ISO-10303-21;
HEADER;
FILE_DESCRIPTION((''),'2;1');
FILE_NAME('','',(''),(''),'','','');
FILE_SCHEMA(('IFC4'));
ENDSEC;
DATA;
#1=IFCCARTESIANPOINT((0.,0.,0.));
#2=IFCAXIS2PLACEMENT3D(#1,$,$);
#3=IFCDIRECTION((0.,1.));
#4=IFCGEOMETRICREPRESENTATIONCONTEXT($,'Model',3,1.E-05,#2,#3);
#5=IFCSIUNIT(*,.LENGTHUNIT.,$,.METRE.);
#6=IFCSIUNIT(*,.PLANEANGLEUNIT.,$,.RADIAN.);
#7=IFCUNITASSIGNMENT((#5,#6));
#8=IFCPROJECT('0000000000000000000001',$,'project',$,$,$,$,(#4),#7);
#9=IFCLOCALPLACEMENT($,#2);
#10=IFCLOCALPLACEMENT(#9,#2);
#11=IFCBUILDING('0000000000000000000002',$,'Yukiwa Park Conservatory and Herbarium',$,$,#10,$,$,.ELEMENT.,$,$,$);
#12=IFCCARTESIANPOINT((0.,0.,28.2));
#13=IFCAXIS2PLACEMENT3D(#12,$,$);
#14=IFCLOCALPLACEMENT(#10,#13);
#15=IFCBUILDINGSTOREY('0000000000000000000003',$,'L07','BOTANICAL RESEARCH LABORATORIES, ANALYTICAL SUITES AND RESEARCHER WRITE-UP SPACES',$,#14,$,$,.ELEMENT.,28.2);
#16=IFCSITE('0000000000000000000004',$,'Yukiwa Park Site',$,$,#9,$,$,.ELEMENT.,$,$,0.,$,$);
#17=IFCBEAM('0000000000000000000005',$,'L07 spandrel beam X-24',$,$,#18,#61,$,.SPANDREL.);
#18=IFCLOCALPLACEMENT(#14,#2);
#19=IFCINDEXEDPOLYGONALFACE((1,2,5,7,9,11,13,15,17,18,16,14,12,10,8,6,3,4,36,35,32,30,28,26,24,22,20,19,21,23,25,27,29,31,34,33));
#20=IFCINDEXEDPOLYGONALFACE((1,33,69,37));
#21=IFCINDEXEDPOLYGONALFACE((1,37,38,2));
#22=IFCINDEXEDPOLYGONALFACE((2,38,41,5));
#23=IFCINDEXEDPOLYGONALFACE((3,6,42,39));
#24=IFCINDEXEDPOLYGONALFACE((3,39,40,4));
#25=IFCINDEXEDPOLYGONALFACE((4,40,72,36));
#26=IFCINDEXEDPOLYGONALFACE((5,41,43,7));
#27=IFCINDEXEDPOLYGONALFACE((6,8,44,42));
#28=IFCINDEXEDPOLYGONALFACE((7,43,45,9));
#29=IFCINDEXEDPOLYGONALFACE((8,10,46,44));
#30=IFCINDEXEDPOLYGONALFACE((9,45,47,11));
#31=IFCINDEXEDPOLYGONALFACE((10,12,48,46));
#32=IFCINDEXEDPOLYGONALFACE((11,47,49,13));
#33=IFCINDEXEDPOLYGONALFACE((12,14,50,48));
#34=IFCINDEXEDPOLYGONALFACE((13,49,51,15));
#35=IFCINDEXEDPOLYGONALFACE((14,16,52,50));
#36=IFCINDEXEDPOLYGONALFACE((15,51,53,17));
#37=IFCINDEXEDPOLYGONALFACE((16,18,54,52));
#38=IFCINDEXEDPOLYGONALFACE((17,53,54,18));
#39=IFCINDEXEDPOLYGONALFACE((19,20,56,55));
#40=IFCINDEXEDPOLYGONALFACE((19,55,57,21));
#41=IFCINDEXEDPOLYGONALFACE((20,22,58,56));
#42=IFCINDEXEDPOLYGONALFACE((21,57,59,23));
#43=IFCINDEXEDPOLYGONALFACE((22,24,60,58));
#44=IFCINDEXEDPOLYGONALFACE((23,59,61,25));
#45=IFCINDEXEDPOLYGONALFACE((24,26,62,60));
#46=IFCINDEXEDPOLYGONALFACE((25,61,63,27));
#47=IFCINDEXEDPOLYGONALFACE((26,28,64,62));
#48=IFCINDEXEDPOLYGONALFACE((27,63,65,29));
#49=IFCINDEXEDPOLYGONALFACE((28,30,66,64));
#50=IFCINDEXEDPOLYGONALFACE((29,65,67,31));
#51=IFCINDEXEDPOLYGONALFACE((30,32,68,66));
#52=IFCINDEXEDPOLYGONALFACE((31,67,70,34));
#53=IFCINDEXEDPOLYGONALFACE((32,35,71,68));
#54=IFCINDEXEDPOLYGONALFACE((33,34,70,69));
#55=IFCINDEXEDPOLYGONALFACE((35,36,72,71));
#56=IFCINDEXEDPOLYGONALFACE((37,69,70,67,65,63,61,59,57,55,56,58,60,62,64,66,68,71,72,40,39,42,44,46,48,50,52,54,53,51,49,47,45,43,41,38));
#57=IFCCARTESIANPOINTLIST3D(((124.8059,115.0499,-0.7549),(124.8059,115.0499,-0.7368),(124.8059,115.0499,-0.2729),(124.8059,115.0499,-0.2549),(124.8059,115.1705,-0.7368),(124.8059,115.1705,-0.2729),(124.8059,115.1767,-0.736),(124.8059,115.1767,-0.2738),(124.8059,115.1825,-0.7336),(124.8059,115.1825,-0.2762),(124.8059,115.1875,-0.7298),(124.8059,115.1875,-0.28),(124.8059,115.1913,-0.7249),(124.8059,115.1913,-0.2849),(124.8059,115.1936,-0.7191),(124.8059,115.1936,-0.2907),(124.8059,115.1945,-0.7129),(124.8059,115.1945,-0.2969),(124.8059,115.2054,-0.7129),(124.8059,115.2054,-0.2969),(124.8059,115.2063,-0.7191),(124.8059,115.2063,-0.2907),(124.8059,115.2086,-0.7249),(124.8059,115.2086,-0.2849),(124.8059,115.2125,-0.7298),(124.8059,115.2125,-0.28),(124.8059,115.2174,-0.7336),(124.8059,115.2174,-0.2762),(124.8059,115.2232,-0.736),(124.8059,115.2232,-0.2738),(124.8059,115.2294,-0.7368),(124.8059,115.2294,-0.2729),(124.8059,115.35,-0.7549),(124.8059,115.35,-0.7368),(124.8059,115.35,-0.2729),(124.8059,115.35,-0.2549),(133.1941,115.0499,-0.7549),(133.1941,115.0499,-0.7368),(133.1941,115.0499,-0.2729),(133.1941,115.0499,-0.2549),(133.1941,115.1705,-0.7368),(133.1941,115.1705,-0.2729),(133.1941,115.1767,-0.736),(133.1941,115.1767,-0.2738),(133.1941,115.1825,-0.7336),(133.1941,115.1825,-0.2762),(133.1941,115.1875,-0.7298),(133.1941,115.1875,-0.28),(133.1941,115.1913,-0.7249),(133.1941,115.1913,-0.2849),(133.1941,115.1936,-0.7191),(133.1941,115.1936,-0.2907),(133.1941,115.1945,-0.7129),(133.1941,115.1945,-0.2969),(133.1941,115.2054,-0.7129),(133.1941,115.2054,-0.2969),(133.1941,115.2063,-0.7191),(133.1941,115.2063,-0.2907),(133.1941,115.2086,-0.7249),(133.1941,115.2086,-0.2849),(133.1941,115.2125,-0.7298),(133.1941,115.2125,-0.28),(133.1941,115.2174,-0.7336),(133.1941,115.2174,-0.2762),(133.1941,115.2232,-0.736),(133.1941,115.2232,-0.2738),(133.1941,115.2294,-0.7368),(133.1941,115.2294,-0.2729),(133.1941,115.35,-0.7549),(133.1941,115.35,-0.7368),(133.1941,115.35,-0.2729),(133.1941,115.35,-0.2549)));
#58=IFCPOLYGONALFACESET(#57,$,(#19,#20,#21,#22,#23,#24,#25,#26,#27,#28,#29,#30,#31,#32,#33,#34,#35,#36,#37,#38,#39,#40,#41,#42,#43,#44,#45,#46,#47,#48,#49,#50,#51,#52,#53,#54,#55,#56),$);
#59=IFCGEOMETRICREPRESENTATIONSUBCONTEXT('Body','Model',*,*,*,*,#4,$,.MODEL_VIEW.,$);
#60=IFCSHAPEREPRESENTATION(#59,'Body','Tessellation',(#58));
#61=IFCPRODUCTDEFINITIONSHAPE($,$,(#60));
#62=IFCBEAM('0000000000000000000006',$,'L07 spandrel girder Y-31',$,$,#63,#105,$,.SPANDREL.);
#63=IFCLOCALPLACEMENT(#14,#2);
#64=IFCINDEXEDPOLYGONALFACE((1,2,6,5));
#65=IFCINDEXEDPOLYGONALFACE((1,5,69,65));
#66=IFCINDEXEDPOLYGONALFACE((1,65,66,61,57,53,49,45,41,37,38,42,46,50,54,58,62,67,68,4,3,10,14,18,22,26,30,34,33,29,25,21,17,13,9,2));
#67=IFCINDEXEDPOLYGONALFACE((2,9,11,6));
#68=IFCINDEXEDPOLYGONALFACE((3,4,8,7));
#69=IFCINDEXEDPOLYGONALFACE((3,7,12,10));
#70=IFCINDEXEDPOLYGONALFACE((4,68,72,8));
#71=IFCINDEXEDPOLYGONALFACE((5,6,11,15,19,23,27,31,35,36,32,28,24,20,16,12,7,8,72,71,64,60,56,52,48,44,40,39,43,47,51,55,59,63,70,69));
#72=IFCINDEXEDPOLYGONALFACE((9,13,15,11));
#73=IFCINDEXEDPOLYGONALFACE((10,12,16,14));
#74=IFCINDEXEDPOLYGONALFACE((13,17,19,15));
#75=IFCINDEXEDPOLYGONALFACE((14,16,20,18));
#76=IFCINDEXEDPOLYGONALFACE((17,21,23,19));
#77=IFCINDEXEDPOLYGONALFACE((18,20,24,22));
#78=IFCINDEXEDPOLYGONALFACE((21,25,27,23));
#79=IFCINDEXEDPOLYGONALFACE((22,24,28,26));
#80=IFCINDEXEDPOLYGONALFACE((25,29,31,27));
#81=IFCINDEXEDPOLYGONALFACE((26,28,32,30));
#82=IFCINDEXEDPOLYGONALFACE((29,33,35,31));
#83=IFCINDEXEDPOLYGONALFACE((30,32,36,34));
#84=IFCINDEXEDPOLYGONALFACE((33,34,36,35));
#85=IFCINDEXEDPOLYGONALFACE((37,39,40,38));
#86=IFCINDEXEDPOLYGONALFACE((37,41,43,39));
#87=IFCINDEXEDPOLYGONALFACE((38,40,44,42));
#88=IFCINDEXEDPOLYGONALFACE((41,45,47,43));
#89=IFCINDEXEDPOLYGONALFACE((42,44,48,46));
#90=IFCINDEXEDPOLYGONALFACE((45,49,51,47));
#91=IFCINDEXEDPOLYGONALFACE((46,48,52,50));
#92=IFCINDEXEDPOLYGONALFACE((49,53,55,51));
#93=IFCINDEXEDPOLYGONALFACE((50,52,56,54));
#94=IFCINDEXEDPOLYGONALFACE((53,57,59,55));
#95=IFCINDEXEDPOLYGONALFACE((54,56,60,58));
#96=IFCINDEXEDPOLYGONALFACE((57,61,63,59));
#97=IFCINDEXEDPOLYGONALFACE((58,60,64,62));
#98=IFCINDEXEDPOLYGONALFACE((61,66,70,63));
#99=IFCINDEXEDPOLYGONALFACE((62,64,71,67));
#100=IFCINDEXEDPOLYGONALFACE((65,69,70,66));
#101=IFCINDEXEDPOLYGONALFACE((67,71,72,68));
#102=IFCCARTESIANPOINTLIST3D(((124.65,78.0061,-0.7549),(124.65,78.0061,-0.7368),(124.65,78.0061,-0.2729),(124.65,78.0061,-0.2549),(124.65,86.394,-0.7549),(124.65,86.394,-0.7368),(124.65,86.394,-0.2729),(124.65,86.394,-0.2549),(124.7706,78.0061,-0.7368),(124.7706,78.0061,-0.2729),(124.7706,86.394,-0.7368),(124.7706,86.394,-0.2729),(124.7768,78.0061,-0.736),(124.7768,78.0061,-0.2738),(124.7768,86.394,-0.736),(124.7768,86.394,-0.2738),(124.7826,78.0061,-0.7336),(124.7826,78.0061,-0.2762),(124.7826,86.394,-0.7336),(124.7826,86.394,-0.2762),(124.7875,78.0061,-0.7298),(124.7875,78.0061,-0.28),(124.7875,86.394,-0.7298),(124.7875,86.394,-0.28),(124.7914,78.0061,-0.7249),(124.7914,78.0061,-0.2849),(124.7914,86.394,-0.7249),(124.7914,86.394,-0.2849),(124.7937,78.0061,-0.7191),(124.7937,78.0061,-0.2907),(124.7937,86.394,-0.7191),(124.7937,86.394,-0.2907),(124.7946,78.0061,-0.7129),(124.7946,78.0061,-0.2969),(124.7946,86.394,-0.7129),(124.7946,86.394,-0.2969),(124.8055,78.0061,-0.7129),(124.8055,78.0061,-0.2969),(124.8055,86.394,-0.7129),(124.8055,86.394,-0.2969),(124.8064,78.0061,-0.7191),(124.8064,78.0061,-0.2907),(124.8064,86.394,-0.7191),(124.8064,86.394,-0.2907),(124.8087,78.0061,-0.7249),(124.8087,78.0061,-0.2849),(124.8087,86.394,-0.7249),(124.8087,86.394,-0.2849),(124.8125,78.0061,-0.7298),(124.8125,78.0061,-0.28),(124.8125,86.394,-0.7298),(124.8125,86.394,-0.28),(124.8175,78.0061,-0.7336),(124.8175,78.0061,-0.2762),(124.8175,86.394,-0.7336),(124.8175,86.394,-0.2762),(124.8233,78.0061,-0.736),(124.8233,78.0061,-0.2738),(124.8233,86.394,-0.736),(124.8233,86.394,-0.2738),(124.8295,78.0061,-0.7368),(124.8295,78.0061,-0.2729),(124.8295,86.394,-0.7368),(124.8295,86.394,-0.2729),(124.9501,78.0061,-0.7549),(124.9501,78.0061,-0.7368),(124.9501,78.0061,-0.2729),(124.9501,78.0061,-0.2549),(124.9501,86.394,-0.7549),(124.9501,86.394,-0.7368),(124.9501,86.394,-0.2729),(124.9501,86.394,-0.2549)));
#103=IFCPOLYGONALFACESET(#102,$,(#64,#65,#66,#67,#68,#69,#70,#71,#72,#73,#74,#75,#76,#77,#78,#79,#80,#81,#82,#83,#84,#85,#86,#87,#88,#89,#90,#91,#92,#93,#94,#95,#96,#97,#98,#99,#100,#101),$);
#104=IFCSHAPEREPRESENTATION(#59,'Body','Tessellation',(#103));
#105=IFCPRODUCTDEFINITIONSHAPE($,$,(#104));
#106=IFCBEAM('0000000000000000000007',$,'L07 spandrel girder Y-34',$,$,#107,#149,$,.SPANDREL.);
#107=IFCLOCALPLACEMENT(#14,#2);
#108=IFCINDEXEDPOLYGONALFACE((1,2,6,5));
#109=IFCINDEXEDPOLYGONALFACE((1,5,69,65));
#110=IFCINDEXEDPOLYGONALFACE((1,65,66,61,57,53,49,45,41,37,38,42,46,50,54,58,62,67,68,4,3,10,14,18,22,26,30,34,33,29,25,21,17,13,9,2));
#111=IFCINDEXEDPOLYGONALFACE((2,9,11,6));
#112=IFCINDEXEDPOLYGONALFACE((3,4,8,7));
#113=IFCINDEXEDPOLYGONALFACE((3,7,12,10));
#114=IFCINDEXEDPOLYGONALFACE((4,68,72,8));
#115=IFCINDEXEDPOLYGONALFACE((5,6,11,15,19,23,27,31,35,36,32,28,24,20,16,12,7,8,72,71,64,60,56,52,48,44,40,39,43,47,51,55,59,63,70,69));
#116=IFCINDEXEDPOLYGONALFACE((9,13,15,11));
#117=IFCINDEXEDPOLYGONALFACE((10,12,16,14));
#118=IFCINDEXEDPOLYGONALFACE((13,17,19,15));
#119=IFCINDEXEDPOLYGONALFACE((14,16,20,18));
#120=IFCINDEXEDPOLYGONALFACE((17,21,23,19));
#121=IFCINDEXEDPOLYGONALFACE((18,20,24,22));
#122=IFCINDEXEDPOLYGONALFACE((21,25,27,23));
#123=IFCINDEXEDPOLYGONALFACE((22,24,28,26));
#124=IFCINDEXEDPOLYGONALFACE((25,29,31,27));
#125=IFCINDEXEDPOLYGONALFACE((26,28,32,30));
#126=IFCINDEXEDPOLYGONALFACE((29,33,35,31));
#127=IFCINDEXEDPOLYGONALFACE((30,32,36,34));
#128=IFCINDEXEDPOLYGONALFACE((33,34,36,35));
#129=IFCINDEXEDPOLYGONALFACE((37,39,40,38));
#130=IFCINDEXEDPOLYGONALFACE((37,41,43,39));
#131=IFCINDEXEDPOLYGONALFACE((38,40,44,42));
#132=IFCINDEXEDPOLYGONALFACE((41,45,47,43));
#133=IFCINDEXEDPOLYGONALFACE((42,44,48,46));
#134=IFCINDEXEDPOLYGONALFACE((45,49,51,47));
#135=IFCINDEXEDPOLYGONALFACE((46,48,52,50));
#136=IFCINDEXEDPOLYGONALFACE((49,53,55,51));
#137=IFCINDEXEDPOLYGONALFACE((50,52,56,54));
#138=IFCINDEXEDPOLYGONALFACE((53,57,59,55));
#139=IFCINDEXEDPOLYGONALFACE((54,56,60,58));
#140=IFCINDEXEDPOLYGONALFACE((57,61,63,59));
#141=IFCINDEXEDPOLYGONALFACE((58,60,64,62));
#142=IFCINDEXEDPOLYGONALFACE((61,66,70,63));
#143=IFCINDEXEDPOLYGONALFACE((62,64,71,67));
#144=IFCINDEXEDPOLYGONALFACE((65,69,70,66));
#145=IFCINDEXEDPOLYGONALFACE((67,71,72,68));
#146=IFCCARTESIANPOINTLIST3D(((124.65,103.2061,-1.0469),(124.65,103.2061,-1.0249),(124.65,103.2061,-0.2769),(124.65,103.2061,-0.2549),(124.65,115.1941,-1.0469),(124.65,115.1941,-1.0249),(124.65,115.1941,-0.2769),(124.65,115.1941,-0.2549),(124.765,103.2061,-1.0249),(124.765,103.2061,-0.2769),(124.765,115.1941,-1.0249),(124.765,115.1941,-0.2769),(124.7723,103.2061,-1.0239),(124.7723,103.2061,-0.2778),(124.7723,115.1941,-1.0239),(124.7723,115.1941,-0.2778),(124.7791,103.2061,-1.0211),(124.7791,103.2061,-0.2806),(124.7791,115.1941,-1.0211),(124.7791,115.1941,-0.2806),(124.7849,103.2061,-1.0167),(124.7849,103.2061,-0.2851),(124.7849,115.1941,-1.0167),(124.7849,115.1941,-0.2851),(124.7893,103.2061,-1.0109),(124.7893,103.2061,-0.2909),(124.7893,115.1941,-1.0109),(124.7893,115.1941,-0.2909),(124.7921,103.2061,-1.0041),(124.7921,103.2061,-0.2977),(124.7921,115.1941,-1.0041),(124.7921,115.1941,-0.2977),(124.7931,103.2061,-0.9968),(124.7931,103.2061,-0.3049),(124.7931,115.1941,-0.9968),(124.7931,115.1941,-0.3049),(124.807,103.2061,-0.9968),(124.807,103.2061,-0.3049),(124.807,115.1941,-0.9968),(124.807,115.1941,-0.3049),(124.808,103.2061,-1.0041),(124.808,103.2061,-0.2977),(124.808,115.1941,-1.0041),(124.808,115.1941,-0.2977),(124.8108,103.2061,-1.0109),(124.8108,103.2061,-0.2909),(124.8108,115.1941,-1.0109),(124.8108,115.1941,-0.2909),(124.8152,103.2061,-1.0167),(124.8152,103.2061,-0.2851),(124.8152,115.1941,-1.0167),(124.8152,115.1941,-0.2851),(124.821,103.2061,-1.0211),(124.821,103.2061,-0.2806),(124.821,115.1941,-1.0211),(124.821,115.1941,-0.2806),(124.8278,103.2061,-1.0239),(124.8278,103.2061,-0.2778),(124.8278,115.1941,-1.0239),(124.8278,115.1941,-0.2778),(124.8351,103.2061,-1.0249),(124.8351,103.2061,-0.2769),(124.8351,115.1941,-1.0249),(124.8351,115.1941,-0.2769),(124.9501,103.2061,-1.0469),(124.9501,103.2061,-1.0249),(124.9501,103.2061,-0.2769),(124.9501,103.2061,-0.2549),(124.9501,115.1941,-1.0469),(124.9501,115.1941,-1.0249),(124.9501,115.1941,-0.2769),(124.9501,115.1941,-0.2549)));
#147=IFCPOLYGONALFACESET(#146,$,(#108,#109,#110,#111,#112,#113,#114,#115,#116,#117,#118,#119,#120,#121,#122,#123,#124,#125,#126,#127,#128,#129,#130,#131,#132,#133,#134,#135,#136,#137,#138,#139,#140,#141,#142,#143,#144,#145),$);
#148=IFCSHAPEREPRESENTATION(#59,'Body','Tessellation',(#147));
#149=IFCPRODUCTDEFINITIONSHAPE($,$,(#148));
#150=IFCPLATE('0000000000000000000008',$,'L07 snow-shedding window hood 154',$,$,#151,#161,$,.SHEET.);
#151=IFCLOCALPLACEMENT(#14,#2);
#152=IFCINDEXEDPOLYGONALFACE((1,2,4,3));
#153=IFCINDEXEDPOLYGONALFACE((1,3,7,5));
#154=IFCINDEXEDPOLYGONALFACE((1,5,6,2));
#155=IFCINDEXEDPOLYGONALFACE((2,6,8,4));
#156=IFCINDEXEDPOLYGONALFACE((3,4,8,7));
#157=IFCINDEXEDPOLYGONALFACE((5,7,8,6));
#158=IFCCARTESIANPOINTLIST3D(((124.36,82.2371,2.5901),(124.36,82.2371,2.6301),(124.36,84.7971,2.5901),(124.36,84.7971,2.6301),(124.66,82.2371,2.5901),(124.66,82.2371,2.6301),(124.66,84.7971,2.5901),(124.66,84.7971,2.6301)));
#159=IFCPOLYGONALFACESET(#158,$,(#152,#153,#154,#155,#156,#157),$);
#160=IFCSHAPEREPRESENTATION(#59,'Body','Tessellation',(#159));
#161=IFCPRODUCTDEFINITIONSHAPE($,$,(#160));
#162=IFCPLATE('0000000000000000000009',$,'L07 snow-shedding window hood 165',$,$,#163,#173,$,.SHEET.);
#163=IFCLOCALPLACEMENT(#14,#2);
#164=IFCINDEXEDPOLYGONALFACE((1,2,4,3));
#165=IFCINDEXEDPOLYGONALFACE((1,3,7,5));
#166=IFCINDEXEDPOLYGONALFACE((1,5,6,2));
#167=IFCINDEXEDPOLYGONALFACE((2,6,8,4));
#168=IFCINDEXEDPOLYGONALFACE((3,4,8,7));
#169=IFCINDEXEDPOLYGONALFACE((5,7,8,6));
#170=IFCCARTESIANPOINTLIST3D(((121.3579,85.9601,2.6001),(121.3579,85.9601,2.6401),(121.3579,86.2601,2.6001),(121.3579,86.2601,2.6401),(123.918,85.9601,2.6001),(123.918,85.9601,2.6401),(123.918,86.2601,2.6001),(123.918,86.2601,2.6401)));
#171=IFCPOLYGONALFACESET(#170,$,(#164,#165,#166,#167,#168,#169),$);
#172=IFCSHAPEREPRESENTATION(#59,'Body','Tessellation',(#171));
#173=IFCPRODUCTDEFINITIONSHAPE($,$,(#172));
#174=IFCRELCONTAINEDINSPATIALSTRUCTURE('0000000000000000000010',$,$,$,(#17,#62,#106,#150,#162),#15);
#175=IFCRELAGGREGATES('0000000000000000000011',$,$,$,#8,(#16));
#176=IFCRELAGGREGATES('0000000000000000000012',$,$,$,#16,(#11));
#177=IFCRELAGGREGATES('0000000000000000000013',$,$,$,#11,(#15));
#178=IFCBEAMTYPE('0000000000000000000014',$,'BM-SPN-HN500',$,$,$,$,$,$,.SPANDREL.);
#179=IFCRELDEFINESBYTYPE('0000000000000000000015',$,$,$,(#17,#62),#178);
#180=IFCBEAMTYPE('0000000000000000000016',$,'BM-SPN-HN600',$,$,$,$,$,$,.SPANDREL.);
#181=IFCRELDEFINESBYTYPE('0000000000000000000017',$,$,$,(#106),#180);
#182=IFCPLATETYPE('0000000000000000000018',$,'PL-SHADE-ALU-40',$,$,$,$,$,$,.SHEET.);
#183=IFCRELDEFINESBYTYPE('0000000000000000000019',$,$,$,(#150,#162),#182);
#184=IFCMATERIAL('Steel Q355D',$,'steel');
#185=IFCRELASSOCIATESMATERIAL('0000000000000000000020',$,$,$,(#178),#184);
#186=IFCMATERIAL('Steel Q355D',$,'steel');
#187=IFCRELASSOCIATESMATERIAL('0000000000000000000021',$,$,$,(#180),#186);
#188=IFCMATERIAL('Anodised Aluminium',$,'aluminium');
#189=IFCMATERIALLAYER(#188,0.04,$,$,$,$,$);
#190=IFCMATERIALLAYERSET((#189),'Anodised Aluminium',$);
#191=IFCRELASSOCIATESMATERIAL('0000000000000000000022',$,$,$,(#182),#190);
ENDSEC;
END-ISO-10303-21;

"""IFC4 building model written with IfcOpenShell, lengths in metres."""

from ifc_helpers import new_model, si_unit, direction, frame, origin, origin_2d, place, context, subcontext, project, spatial, rectangle, i_section, extrude, material, layer, layer_set, material_profile, profile_set, type_object, element, save


model = new_model("IFC4")

# Units and contexts
model_context = context("Model", 3, precision=1e-05, world=origin(), true_north=direction((0.0, 1.0)))
body_context = subcontext(model_context, "Body", "Model", "MODEL_VIEW")
ifc_project = project(units=[si_unit("LENGTHUNIT", "METRE"), si_unit("PLANEANGLEUNIT", "RADIAN")], contexts=[model_context])

# Site, building, storey
site_placement = place(None, origin())
site = spatial("IfcSite", under=ifc_project, at=site_placement, Name="Yukiwa Park Site", CompositionType="ELEMENT", RefElevation=0.0)
building_placement = place(site_placement, origin())
building = spatial("IfcBuilding", under=site, at=building_placement, Name="Yukiwa Park Conservatory and Herbarium", CompositionType="ELEMENT")
storey_placement = place(building_placement, frame((0.0, 0.0, 28.2)))
storey = spatial("IfcBuildingStorey", under=building, at=storey_placement, Name="L07", Description="BOTANICAL RESEARCH LABORATORIES, ANALYTICAL SUITES AND RESEARCHER WRITE-UP SPACES", CompositionType="ELEMENT", Elevation=28.2)

# Beams
ifc_material_1 = material(Name="Steel Q355D", Category="steel")
ifc_material_profile_1 = material_profile(ifc_material_1, i_section(OverallWidth=0.3, OverallDepth=0.5, WebThickness=0.011, FlangeThickness=0.0181, FilletRadius=0.0239, at=origin_2d()), Name="HM 500x300x11x18")
ifc_profile_set_1 = profile_set([ifc_material_profile_1], Name="Steel Q355D")
beam_type_1 = type_object("IfcBeamType", Name="BM-SPN-HN500", PredefinedType="SPANDREL", material=ifc_profile_set_1)
for number, where, z_axis, x_axis, name in (
    (1, (124.8059, 115.2, -0.5049), (1.0, 0.0, 0.0), (0.0, 1.0, 0.0), "L07 spandrel beam X-24"),
):
    element("IfcBeam", number, at=place(storey_placement, frame(where, z_axis=z_axis, x_axis=x_axis)), inside=storey, type_object=beam_type_1, Name=name, PredefinedType="SPANDREL", context=body_context, shape_type="SweptSolid", body=[
        extrude(i_section(OverallWidth=0.3, OverallDepth=0.5, WebThickness=0.011, FlangeThickness=0.0181, FilletRadius=0.0239, at=origin_2d()), origin(), (0.0, 0.0, 1.0), 8.3882),
    ])
beam_1_placement = place(storey_placement, frame((124.8, 78.0061, -0.5049), z_axis=(0.0, 1.0, 0.0), x_axis=(-1.0, 0.0, 0.0)))
element("IfcBeam", 2, at=beam_1_placement, inside=storey, type_object=beam_type_1, Name="L07 spandrel girder Y-31", PredefinedType="SPANDREL", context=body_context, shape_type="SweptSolid", body=[
    extrude(i_section(OverallWidth=0.3, OverallDepth=0.5, WebThickness=0.011, FlangeThickness=0.0181, FilletRadius=0.0239, at=origin_2d()), origin(), (0.0, 0.0, 1.0), 8.3879),
])
ifc_material_2 = material(Name="Steel Q355D", Category="steel")
ifc_material_profile_2 = material_profile(ifc_material_2, i_section(OverallWidth=0.3, OverallDepth=0.792, WebThickness=0.0139, FlangeThickness=0.022, FilletRadius=0.0281, at=origin_2d()), Name="HN 792x300x14x22")
ifc_profile_set_2 = profile_set([ifc_material_profile_2], Name="Steel Q355D")
beam_type_2 = type_object("IfcBeamType", Name="BM-SPN-HN600", PredefinedType="SPANDREL", material=ifc_profile_set_2)
beam_2_placement = place(storey_placement, frame((124.8, 103.2061, -0.6509), z_axis=(0.0, 1.0, 0.0), x_axis=(-1.0, 0.0, 0.0)))
element("IfcBeam", 3, at=beam_2_placement, inside=storey, type_object=beam_type_2, Name="L07 spandrel girder Y-34", PredefinedType="SPANDREL", context=body_context, shape_type="SweptSolid", body=[
    extrude(i_section(OverallWidth=0.3, OverallDepth=0.792, WebThickness=0.0139, FlangeThickness=0.022, FilletRadius=0.0281, at=origin_2d()), origin(), (0.0, 0.0, 1.0), 11.988),
])

# Plates
ifc_material_3 = material(Name="Anodised Aluminium", Category="aluminium")
ifc_layer_1 = layer(ifc_material_3, 0.04)
ifc_layer_set_1 = layer_set([ifc_layer_1], Name="Anodised Aluminium")
plate_type = type_object("IfcPlateType", Name="PL-SHADE-ALU-40", PredefinedType="SHEET", material=ifc_layer_set_1)
for number, where, z_axis, x_axis, name in (
    (4, (124.51, 83.5171, 2.5901), (0.0, 0.0, 1.0), (0.0, -1.0, 0.0), "L07 snow-shedding window hood 154"),
    (5, (122.6379, 86.1101, 2.6001), (0.0, 0.0, 1.0), (1.0, 0.0, 0.0), "L07 snow-shedding window hood 165"),
):
    element("IfcPlate", number, at=place(storey_placement, frame(where, z_axis=z_axis, x_axis=x_axis)), inside=storey, type_object=plate_type, Name=name, PredefinedType="SHEET", context=body_context, shape_type="SweptSolid", body=[
        extrude(rectangle(XDim=2.5601, YDim=0.3, at=origin_2d()), origin(), (0.0, 0.0, 1.0), 0.04),
    ])

save(model, "model.ifc")
